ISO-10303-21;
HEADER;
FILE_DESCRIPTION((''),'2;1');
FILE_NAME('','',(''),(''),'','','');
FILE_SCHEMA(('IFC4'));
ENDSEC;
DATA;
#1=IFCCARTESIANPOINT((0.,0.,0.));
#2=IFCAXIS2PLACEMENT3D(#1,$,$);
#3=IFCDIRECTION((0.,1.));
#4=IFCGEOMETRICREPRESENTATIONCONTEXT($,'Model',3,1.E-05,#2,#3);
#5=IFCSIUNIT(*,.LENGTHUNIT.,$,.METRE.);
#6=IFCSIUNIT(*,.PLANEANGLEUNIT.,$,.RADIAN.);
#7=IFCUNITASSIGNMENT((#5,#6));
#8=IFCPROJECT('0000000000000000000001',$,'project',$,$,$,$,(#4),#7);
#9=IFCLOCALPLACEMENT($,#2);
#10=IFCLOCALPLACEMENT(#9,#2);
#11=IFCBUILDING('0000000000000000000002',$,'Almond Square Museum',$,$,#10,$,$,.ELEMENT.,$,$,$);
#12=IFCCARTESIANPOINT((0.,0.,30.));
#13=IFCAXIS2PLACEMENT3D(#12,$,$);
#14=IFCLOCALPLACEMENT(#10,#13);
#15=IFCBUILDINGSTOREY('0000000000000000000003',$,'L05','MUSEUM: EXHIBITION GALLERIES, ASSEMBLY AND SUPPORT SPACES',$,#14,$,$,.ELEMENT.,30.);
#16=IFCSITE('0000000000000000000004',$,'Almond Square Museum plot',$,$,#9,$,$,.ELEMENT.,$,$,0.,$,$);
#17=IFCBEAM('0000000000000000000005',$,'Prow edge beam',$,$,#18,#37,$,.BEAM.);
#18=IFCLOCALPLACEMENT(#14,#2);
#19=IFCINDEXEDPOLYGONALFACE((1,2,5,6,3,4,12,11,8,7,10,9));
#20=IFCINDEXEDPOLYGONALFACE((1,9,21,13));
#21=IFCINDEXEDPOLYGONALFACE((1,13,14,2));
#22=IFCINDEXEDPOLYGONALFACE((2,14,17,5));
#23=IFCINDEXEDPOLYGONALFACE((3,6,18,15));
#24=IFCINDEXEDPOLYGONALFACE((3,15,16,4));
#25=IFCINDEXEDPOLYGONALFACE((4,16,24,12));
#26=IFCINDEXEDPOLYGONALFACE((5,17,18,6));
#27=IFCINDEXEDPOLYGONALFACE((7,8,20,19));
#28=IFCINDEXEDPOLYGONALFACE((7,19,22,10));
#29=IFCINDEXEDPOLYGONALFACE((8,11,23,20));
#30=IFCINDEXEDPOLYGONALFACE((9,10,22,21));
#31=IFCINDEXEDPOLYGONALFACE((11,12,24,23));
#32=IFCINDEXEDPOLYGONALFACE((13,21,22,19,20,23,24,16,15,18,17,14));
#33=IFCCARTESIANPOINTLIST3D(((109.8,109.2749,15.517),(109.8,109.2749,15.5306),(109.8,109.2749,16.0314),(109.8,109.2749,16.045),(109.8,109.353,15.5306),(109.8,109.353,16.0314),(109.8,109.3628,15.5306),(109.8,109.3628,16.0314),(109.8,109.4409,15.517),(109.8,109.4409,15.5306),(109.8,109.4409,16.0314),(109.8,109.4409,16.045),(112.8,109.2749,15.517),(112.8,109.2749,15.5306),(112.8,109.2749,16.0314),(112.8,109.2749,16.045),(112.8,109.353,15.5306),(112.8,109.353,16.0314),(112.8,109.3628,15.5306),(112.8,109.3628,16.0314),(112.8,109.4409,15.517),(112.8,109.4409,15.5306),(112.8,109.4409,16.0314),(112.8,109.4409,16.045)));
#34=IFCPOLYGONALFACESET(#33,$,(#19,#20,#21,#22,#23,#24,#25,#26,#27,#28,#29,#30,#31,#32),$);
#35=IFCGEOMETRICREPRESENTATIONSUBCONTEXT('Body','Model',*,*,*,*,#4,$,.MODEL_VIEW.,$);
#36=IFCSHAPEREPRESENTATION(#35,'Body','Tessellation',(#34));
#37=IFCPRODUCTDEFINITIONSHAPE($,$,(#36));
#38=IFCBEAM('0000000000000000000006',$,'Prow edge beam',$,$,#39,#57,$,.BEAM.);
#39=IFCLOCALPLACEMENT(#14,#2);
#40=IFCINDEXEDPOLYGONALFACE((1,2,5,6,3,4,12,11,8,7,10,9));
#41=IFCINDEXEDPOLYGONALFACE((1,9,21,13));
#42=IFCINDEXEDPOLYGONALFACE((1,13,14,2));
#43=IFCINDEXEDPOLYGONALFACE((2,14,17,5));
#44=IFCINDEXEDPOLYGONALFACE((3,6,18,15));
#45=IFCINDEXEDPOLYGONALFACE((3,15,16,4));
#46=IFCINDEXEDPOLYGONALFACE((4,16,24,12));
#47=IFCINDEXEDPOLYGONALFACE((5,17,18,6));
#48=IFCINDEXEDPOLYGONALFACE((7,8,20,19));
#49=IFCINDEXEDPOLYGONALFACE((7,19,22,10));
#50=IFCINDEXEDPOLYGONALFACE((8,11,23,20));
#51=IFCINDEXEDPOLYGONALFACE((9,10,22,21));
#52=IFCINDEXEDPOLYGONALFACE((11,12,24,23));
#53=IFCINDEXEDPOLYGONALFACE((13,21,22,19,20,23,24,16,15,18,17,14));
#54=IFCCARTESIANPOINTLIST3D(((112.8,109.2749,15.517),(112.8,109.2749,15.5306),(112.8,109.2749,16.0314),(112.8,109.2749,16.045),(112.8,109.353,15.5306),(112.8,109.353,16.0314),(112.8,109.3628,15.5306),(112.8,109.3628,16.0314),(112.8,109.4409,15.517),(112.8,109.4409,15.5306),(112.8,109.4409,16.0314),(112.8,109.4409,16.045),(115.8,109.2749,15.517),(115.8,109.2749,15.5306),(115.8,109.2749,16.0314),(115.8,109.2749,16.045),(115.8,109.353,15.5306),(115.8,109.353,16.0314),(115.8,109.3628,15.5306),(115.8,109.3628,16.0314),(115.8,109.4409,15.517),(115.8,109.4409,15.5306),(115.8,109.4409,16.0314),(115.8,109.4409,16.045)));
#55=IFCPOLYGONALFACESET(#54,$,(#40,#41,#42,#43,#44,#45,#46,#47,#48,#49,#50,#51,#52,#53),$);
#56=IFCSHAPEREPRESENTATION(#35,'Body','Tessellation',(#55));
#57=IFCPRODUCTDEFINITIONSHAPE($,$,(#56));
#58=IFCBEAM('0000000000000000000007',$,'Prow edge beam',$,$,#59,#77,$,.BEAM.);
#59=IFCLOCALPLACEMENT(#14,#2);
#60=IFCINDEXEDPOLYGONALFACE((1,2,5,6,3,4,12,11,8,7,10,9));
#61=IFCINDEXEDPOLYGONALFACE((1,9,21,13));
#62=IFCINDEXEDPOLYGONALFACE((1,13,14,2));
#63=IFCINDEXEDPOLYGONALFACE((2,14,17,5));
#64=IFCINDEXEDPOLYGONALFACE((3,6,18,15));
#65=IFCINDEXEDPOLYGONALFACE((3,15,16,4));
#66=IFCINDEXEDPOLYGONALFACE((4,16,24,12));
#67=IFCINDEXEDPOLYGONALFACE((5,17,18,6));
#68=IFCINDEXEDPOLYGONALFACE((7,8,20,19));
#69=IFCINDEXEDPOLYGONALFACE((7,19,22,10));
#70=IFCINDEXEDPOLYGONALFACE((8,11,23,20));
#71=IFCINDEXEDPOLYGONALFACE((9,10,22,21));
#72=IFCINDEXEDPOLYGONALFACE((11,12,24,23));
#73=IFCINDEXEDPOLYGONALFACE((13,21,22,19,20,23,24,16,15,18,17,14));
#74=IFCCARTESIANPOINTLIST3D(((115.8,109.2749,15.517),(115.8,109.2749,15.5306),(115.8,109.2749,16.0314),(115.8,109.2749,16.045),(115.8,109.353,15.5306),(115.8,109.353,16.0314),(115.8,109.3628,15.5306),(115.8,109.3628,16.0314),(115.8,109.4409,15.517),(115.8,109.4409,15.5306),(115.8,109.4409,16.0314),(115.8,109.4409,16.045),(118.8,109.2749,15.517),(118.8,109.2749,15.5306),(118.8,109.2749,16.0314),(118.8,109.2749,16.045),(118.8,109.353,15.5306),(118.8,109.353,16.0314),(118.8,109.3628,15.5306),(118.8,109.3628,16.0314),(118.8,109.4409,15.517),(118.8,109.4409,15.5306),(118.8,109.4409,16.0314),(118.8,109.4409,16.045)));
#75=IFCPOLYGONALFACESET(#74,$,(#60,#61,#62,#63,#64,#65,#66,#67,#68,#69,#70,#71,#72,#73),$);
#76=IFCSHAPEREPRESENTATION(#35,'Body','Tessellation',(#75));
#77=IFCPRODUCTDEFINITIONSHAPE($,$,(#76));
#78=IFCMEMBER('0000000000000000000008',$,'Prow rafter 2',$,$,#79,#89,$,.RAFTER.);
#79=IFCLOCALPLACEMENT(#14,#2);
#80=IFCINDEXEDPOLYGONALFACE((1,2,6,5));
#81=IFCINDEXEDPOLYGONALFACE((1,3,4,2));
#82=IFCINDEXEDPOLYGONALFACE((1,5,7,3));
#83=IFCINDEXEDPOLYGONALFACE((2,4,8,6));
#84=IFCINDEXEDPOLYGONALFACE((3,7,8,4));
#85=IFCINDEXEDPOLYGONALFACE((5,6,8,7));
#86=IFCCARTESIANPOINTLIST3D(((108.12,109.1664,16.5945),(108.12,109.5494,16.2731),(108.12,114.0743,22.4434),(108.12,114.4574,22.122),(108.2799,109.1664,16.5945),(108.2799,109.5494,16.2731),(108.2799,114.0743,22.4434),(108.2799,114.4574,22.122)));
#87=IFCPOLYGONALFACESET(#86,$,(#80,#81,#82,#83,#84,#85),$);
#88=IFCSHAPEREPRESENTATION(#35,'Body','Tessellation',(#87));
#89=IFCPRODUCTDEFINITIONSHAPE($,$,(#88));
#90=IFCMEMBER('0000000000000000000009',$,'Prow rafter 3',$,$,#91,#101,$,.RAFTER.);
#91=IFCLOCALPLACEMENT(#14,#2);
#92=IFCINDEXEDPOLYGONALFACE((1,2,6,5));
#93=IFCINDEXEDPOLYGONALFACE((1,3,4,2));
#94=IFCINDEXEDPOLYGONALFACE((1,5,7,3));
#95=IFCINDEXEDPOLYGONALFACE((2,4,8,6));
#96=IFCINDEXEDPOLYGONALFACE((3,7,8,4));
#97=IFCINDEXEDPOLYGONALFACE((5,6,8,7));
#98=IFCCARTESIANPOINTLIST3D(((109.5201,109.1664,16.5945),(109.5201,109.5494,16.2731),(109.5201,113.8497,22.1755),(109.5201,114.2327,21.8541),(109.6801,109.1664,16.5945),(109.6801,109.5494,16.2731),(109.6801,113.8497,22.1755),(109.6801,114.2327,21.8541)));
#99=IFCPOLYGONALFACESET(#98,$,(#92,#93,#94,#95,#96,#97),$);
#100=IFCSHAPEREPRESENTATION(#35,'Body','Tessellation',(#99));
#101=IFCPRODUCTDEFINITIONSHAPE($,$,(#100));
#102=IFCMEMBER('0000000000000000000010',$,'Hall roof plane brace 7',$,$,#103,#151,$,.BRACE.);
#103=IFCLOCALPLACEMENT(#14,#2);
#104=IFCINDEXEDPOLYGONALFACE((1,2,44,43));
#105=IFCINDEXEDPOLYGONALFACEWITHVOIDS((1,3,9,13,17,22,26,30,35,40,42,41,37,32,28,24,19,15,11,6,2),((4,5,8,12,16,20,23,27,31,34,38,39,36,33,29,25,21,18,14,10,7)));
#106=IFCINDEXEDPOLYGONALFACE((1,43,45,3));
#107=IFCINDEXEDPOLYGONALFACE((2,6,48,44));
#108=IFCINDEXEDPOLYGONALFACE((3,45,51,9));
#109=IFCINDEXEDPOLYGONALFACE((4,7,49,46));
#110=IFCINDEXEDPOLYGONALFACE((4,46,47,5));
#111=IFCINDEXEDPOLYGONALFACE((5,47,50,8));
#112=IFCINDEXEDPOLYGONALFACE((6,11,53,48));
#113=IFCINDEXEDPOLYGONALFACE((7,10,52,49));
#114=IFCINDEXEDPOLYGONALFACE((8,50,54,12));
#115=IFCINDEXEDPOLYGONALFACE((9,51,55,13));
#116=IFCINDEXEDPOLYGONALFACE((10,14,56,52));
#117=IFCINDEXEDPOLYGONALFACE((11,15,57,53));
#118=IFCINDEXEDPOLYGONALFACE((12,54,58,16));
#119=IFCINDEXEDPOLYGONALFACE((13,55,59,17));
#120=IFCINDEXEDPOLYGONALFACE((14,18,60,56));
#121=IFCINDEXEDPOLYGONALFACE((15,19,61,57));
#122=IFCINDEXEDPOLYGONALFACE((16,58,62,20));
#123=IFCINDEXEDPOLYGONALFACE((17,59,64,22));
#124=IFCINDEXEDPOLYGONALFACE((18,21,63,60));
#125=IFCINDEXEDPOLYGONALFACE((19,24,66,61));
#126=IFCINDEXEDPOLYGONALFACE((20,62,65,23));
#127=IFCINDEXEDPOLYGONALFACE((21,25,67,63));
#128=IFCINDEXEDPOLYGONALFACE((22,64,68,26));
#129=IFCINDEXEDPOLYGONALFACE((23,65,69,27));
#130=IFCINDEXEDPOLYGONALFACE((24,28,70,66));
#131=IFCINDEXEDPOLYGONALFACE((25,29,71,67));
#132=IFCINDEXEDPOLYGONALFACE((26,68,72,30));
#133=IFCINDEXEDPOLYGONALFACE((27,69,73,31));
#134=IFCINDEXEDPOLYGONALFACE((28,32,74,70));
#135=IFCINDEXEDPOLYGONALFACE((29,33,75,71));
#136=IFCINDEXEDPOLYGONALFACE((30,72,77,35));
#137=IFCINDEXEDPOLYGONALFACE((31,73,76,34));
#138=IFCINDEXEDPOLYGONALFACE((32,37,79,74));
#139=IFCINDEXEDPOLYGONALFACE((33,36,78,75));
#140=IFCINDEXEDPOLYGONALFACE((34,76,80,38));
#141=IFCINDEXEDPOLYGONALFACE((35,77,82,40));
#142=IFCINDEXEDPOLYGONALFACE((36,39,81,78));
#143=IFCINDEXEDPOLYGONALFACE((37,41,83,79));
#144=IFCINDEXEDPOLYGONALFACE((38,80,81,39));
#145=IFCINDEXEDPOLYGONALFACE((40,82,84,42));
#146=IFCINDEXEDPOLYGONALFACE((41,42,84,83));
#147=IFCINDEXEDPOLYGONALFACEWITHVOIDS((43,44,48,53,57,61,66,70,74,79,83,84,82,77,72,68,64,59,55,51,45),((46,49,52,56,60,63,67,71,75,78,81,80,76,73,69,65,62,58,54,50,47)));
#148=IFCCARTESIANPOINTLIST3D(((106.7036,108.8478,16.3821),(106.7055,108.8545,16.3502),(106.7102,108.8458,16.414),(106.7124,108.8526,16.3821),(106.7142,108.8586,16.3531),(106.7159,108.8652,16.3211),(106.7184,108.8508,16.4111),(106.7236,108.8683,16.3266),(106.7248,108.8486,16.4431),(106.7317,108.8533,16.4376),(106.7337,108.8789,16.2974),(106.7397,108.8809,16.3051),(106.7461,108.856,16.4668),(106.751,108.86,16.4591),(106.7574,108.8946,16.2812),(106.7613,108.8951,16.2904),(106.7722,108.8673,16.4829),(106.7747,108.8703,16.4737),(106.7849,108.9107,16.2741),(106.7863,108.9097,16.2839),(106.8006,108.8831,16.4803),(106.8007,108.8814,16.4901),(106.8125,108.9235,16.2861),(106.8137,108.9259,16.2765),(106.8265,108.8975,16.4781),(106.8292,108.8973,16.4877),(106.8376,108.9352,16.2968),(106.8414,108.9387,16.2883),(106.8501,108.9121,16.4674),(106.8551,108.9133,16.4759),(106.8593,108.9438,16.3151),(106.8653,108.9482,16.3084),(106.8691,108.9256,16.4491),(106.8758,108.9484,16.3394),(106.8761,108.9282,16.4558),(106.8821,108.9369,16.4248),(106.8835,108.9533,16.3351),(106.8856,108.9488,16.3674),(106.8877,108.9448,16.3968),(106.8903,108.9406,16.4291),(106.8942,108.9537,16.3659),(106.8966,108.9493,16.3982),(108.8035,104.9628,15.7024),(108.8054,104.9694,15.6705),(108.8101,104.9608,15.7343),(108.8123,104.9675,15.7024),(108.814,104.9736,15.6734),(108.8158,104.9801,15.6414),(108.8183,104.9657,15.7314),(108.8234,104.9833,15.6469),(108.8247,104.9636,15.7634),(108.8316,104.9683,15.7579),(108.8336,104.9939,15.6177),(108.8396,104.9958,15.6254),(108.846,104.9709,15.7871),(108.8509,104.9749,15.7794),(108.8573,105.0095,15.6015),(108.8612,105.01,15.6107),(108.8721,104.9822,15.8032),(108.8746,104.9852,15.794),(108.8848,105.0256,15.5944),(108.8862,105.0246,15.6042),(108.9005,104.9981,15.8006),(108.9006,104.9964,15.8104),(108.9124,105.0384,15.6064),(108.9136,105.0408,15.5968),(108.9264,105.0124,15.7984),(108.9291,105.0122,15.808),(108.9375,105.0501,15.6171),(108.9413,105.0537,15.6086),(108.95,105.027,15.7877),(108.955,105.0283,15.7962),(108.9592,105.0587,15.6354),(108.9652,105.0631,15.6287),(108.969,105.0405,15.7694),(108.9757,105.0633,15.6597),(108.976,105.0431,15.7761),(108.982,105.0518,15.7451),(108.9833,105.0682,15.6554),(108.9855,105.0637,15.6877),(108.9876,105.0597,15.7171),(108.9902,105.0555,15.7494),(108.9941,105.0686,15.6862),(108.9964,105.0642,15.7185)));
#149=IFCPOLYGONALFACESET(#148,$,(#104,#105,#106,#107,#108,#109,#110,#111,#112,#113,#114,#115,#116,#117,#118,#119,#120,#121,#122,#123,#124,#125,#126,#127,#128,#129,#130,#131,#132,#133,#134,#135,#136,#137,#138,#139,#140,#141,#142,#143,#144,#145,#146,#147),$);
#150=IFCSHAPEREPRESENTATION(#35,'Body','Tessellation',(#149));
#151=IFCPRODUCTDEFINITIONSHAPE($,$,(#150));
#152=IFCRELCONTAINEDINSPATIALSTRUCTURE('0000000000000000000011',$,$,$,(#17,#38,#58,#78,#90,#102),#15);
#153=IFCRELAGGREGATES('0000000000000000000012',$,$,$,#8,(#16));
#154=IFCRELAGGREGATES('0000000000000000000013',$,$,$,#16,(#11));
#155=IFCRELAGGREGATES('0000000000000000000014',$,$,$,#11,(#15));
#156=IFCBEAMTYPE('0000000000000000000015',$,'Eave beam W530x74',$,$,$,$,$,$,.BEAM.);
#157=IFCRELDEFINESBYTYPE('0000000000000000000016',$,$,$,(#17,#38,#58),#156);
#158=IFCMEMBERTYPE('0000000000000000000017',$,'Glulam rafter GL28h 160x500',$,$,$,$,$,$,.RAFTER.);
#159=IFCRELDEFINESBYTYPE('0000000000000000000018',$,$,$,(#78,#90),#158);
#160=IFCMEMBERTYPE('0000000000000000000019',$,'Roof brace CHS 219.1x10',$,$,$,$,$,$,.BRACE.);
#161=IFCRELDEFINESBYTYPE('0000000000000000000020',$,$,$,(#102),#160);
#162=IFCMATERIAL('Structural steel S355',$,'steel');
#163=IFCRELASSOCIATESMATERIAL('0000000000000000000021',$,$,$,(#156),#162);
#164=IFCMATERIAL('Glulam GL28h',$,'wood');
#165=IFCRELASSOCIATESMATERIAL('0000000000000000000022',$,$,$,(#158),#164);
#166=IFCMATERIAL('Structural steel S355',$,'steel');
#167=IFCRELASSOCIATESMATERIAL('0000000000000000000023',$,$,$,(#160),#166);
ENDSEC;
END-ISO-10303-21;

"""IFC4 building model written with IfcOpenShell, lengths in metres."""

from ifc_helpers import new_model, si_unit, direction, frame, origin, origin_2d, place, context, subcontext, project, spatial, rectangle, hollow_circle, i_section, extrude, material, material_profile, profile_set, type_object, element, save


model = new_model("IFC4")

# Units and contexts
model_context = context("Model", 3, precision=1e-05, world=origin(), true_north=direction((0.0, 1.0)))
body_context = subcontext(model_context, "Body", "Model", "MODEL_VIEW")
ifc_project = project(units=[si_unit("LENGTHUNIT", "METRE"), si_unit("PLANEANGLEUNIT", "RADIAN")], contexts=[model_context])

# Site, building, storey
site_placement = place(None, origin())
site = spatial("IfcSite", under=ifc_project, at=site_placement, Name="Almond Square Museum plot", CompositionType="ELEMENT", RefElevation=0.0)
building_placement = place(site_placement, origin())
building = spatial("IfcBuilding", under=site, at=building_placement, Name="Almond Square Museum", CompositionType="ELEMENT")
storey_placement = place(building_placement, frame((0.0, 0.0, 30.0)))
storey = spatial("IfcBuildingStorey", under=building, at=storey_placement, Name="L05", Description="MUSEUM: EXHIBITION GALLERIES, ASSEMBLY AND SUPPORT SPACES", CompositionType="ELEMENT", Elevation=30.0)

# Beams
ifc_material_1 = material(Name="Structural steel S355", Category="steel")
ifc_material_profile_1 = material_profile(ifc_material_1, i_section(OverallWidth=0.166, OverallDepth=0.5281, WebThickness=0.0098, FlangeThickness=0.0137, at=origin_2d()))
ifc_profile_set_1 = profile_set([ifc_material_profile_1], Name="Structural steel S355")
beam_type = type_object("IfcBeamType", Name="Eave beam W530x74", PredefinedType="BEAM", material=ifc_profile_set_1)
for number, where, z_axis, x_axis, name in (
    (1, (109.8, 109.3579, 15.781), (1.0, 0.0, 0.0), (0.0, 1.0, 0.0), "Prow edge beam"),
    (2, (112.8, 109.3579, 15.781), (1.0, 0.0, 0.0), (0.0, 1.0, 0.0), "Prow edge beam"),
    (3, (115.8, 109.3579, 15.781), (1.0, 0.0, 0.0), (0.0, 1.0, 0.0), "Prow edge beam"),
):
    element("IfcBeam", number, at=place(storey_placement, frame(where, z_axis=z_axis, x_axis=x_axis)), inside=storey, type_object=beam_type, Name=name, PredefinedType="BEAM", context=body_context, shape_type="SweptSolid", body=[
        extrude(i_section(OverallWidth=0.166, OverallDepth=0.5281, WebThickness=0.0098, FlangeThickness=0.0137, at=origin_2d()), origin(), (0.0, 0.0, 1.0), 3.0),
    ])

# Members
ifc_material_2 = material(Name="Glulam GL28h", Category="wood")
ifc_material_profile_2 = material_profile(ifc_material_2, rectangle(XDim=0.1599, YDim=0.5, at=origin_2d()))
ifc_profile_set_2 = profile_set([ifc_material_profile_2], Name="Glulam GL28h")
member_type_1 = type_object("IfcMemberType", Name="Glulam rafter GL28h 160x500", PredefinedType="RAFTER", material=ifc_profile_set_2)
member_1_placement = place(storey_placement, frame((108.2, 109.3579, 16.4338), z_axis=(0.0, 0.642801, 0.766034), x_axis=(-1.0, 0.0, 0.0)))
element("IfcMember", 4, at=member_1_placement, inside=storey, type_object=member_type_1, Name="Prow rafter 2", PredefinedType="RAFTER", context=body_context, shape_type="SweptSolid", body=[
    extrude(rectangle(XDim=0.1599, YDim=0.5, at=origin_2d()), origin(), (0.0, 0.0, 1.0), 7.6353),
])
member_2_placement = place(storey_placement, frame((109.6001, 109.3579, 16.4338), z_axis=(0.0, 0.642811, 0.766025), x_axis=(-1.0, 0.0, 0.0)))
element("IfcMember", 5, at=member_2_placement, inside=storey, type_object=member_type_1, Name="Prow rafter 3", PredefinedType="RAFTER", context=body_context, shape_type="SweptSolid", body=[
    extrude(rectangle(XDim=0.1599, YDim=0.5, at=origin_2d()), origin(), (0.0, 0.0, 1.0), 7.2856),
])
ifc_material_3 = material(Name="Structural steel S355", Category="steel")
ifc_material_profile_3 = material_profile(ifc_material_3, hollow_circle(Radius=0.1096, WallThickness=0.01, at=origin_2d()))
ifc_profile_set_3 = profile_set([ifc_material_profile_3], Name="Structural steel S355")
member_type_2 = type_object("IfcMemberType", Name="Roof brace CHS 219.1x10", PredefinedType="BRACE", material=ifc_profile_set_3)
member_3_placement = place(storey_placement, frame((108.8999, 105.0149, 15.7024), z_axis=(-0.469957, 0.869483, 0.152117), x_axis=(-0.879721, -0.47549, 0.0)))
element("IfcMember", 6, at=member_3_placement, inside=storey, type_object=member_type_2, Name="Hall roof plane brace 7", PredefinedType="BRACE", context=body_context, shape_type="SweptSolid", body=[
    extrude(hollow_circle(Radius=0.1096, WallThickness=0.01, at=origin_2d()), origin(), (0.0, 0.0, 1.0), 4.4683),
])

save(model, "model.ifc")
